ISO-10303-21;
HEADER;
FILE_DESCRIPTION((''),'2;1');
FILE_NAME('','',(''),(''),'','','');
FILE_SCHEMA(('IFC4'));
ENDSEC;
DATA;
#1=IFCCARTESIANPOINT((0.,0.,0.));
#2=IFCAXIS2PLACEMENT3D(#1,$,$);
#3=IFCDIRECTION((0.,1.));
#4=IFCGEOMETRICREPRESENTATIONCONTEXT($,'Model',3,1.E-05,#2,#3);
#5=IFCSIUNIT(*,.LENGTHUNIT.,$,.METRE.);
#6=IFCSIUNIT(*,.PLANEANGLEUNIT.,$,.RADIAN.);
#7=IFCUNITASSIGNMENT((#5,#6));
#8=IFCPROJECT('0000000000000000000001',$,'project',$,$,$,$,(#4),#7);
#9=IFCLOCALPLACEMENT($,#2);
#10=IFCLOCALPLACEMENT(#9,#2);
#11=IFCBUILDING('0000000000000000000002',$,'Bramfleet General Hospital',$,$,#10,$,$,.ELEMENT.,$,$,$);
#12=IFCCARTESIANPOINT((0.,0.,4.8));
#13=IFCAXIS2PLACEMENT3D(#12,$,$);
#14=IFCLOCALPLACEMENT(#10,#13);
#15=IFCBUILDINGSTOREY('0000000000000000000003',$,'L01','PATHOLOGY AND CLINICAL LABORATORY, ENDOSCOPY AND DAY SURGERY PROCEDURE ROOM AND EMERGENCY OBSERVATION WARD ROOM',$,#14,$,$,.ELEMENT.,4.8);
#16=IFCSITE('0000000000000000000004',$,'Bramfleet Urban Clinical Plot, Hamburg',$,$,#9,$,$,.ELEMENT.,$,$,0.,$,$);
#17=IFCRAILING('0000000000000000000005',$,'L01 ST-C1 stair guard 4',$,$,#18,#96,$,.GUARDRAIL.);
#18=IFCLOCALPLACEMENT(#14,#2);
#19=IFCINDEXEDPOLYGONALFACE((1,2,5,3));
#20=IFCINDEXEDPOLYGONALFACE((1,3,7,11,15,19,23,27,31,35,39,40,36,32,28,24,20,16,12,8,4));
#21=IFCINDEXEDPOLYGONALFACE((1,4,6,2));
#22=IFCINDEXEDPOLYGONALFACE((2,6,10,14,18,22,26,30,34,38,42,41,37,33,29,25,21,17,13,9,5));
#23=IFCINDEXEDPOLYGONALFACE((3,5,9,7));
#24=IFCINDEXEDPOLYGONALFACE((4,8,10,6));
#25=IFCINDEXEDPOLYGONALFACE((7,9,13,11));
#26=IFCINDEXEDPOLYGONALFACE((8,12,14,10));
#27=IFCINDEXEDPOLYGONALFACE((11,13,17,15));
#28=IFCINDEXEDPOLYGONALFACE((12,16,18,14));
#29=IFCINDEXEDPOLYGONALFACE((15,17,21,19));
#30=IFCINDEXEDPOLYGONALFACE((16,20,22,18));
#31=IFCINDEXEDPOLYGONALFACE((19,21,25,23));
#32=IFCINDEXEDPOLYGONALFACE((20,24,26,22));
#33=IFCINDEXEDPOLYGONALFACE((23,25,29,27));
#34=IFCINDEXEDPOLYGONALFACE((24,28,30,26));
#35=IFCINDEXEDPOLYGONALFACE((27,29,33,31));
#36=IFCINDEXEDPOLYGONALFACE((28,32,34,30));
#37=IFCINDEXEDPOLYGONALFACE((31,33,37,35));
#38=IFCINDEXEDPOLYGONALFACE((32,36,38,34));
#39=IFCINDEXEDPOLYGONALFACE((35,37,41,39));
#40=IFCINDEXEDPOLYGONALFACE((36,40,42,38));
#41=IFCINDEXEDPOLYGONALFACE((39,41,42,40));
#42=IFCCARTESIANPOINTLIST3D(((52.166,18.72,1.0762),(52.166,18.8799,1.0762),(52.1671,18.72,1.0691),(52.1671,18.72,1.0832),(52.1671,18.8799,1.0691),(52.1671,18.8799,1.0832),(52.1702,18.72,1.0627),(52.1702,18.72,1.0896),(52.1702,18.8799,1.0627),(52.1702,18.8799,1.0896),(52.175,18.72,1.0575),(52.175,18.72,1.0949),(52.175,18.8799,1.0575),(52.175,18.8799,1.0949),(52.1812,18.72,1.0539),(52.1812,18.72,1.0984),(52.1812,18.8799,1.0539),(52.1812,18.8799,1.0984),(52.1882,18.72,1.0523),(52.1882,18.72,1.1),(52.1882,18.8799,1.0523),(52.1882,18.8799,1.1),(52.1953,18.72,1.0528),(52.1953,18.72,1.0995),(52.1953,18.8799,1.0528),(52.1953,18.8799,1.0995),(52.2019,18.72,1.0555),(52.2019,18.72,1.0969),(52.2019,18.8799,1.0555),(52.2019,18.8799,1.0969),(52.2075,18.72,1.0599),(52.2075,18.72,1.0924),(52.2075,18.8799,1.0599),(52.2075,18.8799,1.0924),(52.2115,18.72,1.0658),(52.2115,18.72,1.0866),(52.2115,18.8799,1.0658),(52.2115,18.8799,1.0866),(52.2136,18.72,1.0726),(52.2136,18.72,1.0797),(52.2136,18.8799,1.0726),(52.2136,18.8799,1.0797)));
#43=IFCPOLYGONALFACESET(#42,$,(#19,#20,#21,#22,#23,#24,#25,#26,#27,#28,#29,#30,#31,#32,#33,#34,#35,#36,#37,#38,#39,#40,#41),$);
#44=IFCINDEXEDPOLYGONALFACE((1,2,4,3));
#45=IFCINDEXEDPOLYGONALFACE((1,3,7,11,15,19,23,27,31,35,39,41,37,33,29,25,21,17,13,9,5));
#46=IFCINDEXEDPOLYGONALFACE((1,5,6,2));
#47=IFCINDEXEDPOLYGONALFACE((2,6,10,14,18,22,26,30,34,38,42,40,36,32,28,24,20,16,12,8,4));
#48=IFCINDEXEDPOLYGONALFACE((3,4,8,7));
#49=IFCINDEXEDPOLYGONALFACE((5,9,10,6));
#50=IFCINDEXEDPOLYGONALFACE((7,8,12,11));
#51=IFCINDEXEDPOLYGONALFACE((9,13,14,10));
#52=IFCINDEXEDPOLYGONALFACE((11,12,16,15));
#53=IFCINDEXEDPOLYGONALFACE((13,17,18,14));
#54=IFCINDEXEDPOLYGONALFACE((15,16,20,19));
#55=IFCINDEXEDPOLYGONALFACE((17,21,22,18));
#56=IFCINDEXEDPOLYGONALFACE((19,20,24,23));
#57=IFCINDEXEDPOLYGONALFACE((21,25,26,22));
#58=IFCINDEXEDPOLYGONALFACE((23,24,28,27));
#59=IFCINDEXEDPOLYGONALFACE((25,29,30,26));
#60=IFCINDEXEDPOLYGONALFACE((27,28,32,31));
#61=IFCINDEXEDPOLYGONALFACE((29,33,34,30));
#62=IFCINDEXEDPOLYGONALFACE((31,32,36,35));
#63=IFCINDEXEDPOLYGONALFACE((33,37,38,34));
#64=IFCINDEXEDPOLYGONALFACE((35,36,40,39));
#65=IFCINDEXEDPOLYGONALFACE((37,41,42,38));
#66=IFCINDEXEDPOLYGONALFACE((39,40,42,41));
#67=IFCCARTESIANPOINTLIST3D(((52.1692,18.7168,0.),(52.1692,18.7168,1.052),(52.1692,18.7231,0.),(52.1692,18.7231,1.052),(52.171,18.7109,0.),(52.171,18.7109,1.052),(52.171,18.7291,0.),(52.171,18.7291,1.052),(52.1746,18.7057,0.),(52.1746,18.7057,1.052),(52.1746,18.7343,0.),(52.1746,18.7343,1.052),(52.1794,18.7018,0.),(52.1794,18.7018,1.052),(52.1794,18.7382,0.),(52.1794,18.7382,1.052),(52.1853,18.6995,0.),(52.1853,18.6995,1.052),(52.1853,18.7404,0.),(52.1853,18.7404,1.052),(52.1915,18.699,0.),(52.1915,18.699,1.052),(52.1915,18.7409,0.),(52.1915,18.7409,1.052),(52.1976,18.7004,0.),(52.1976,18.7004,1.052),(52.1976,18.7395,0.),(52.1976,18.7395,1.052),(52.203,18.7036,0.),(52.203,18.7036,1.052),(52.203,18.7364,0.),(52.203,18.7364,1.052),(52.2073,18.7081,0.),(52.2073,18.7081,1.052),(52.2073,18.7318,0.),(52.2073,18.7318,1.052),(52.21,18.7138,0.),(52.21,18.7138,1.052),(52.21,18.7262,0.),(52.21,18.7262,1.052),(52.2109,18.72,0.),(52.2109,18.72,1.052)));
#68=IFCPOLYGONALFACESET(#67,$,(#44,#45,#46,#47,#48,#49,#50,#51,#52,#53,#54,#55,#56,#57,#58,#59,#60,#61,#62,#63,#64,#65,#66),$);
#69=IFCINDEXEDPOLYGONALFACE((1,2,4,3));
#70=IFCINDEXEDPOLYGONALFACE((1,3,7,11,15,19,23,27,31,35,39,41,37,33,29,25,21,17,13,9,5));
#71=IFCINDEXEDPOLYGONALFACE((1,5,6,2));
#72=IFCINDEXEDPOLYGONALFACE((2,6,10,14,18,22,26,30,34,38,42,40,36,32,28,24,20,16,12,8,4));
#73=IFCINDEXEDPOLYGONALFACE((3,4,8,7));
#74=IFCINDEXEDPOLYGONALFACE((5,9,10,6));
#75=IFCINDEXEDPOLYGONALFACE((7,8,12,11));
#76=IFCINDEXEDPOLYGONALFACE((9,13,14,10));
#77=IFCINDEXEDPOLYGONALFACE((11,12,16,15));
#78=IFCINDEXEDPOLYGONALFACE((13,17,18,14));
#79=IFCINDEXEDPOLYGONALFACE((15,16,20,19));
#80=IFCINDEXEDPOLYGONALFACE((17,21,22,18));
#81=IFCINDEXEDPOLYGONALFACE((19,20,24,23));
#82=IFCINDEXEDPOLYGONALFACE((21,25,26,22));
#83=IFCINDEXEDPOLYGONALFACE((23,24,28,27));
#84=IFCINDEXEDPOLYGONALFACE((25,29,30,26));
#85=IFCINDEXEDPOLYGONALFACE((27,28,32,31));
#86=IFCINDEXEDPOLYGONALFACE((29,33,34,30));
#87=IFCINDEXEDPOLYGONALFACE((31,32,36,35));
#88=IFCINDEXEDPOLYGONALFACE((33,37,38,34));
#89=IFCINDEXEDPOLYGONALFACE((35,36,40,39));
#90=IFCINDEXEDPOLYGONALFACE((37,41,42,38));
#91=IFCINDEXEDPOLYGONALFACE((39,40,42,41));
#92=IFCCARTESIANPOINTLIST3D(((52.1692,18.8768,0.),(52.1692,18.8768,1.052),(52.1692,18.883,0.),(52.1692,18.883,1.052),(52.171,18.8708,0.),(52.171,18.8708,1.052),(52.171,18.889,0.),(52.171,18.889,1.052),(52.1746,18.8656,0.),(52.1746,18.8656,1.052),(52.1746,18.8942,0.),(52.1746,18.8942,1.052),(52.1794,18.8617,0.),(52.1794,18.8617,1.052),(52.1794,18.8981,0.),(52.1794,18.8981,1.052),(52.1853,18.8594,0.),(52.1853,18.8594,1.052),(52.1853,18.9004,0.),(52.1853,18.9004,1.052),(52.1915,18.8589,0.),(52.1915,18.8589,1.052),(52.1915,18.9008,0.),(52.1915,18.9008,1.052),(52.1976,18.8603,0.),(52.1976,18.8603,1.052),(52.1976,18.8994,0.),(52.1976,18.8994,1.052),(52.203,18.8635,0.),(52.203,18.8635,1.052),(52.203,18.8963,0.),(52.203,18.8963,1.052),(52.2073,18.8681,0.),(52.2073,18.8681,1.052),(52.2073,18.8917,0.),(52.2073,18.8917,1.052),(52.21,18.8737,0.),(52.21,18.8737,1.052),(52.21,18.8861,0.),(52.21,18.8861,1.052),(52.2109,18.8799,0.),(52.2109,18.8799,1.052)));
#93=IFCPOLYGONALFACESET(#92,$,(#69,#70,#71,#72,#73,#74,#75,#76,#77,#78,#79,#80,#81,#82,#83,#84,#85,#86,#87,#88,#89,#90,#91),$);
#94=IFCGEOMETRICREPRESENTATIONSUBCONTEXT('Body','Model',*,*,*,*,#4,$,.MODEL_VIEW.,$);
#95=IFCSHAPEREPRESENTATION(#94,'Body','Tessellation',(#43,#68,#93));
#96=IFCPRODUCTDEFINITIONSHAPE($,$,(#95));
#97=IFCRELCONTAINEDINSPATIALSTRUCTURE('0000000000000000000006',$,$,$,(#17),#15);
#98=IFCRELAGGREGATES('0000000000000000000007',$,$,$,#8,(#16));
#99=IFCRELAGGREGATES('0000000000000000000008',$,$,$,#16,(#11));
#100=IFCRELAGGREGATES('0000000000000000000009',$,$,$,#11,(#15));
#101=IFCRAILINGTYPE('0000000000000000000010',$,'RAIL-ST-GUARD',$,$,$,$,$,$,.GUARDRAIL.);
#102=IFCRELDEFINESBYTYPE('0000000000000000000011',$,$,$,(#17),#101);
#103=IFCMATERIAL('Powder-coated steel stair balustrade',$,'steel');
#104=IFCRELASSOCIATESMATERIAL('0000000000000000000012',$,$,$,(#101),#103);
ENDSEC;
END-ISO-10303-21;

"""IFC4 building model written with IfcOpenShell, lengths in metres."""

from ifc_helpers import new_model, si_unit, direction, frame, origin, origin_2d, place, context, subcontext, project, spatial, circle, extrude, material, type_object, element, save


model = new_model("IFC4")

# Units and contexts
model_context = context("Model", 3, precision=1e-05, world=origin(), true_north=direction((0.0, 1.0)))
body_context = subcontext(model_context, "Body", "Model", "MODEL_VIEW")
ifc_project = project(units=[si_unit("LENGTHUNIT", "METRE"), si_unit("PLANEANGLEUNIT", "RADIAN")], contexts=[model_context])

# Site, building, storey
site_placement = place(None, origin())
site = spatial("IfcSite", under=ifc_project, at=site_placement, Name="Bramfleet Urban Clinical Plot, Hamburg", CompositionType="ELEMENT", RefElevation=0.0)
building_placement = place(site_placement, origin())
building = spatial("IfcBuilding", under=site, at=building_placement, Name="Bramfleet General Hospital", CompositionType="ELEMENT")
storey_placement = place(building_placement, frame((0.0, 0.0, 4.8)))
storey = spatial("IfcBuildingStorey", under=building, at=storey_placement, Name="L01", Description="PATHOLOGY AND CLINICAL LABORATORY, ENDOSCOPY AND DAY SURGERY PROCEDURE ROOM AND EMERGENCY OBSERVATION WARD ROOM", CompositionType="ELEMENT", Elevation=4.8)

# Railing
ifc_material_1 = material(Name="Powder-coated steel stair balustrade", Category="steel")
railing_type_1 = type_object("IfcRailingType", Name="RAIL-ST-GUARD", PredefinedType="GUARDRAIL", material=ifc_material_1)
railing_1_placement = place(storey_placement, frame((52.1899, 18.72, 0.0)))
element("IfcRailing", 1, at=railing_1_placement, inside=storey, type_object=railing_type_1, Name="L01 ST-C1 stair guard 4", PredefinedType="GUARDRAIL", context=body_context, shape_type="SweptSolid", body=[
    extrude(circle(Radius=0.0239, at=origin_2d()), frame((0.0, 0.0, 1.0762), z_axis=(0.0, 1.0, 0.0), x_axis=(-1.0, 0.0, 0.0)), (0.0, 0.0, 1.0), 0.1599),
    extrude(circle(Radius=0.021, at=origin_2d()), origin(), (0.0, 0.0, 1.0), 1.052),
    extrude(circle(Radius=0.021, at=origin_2d()), frame((0.0, 0.1599, 0.0)), (0.0, 0.0, 1.0), 1.052),
])

save(model, "model.ifc")
